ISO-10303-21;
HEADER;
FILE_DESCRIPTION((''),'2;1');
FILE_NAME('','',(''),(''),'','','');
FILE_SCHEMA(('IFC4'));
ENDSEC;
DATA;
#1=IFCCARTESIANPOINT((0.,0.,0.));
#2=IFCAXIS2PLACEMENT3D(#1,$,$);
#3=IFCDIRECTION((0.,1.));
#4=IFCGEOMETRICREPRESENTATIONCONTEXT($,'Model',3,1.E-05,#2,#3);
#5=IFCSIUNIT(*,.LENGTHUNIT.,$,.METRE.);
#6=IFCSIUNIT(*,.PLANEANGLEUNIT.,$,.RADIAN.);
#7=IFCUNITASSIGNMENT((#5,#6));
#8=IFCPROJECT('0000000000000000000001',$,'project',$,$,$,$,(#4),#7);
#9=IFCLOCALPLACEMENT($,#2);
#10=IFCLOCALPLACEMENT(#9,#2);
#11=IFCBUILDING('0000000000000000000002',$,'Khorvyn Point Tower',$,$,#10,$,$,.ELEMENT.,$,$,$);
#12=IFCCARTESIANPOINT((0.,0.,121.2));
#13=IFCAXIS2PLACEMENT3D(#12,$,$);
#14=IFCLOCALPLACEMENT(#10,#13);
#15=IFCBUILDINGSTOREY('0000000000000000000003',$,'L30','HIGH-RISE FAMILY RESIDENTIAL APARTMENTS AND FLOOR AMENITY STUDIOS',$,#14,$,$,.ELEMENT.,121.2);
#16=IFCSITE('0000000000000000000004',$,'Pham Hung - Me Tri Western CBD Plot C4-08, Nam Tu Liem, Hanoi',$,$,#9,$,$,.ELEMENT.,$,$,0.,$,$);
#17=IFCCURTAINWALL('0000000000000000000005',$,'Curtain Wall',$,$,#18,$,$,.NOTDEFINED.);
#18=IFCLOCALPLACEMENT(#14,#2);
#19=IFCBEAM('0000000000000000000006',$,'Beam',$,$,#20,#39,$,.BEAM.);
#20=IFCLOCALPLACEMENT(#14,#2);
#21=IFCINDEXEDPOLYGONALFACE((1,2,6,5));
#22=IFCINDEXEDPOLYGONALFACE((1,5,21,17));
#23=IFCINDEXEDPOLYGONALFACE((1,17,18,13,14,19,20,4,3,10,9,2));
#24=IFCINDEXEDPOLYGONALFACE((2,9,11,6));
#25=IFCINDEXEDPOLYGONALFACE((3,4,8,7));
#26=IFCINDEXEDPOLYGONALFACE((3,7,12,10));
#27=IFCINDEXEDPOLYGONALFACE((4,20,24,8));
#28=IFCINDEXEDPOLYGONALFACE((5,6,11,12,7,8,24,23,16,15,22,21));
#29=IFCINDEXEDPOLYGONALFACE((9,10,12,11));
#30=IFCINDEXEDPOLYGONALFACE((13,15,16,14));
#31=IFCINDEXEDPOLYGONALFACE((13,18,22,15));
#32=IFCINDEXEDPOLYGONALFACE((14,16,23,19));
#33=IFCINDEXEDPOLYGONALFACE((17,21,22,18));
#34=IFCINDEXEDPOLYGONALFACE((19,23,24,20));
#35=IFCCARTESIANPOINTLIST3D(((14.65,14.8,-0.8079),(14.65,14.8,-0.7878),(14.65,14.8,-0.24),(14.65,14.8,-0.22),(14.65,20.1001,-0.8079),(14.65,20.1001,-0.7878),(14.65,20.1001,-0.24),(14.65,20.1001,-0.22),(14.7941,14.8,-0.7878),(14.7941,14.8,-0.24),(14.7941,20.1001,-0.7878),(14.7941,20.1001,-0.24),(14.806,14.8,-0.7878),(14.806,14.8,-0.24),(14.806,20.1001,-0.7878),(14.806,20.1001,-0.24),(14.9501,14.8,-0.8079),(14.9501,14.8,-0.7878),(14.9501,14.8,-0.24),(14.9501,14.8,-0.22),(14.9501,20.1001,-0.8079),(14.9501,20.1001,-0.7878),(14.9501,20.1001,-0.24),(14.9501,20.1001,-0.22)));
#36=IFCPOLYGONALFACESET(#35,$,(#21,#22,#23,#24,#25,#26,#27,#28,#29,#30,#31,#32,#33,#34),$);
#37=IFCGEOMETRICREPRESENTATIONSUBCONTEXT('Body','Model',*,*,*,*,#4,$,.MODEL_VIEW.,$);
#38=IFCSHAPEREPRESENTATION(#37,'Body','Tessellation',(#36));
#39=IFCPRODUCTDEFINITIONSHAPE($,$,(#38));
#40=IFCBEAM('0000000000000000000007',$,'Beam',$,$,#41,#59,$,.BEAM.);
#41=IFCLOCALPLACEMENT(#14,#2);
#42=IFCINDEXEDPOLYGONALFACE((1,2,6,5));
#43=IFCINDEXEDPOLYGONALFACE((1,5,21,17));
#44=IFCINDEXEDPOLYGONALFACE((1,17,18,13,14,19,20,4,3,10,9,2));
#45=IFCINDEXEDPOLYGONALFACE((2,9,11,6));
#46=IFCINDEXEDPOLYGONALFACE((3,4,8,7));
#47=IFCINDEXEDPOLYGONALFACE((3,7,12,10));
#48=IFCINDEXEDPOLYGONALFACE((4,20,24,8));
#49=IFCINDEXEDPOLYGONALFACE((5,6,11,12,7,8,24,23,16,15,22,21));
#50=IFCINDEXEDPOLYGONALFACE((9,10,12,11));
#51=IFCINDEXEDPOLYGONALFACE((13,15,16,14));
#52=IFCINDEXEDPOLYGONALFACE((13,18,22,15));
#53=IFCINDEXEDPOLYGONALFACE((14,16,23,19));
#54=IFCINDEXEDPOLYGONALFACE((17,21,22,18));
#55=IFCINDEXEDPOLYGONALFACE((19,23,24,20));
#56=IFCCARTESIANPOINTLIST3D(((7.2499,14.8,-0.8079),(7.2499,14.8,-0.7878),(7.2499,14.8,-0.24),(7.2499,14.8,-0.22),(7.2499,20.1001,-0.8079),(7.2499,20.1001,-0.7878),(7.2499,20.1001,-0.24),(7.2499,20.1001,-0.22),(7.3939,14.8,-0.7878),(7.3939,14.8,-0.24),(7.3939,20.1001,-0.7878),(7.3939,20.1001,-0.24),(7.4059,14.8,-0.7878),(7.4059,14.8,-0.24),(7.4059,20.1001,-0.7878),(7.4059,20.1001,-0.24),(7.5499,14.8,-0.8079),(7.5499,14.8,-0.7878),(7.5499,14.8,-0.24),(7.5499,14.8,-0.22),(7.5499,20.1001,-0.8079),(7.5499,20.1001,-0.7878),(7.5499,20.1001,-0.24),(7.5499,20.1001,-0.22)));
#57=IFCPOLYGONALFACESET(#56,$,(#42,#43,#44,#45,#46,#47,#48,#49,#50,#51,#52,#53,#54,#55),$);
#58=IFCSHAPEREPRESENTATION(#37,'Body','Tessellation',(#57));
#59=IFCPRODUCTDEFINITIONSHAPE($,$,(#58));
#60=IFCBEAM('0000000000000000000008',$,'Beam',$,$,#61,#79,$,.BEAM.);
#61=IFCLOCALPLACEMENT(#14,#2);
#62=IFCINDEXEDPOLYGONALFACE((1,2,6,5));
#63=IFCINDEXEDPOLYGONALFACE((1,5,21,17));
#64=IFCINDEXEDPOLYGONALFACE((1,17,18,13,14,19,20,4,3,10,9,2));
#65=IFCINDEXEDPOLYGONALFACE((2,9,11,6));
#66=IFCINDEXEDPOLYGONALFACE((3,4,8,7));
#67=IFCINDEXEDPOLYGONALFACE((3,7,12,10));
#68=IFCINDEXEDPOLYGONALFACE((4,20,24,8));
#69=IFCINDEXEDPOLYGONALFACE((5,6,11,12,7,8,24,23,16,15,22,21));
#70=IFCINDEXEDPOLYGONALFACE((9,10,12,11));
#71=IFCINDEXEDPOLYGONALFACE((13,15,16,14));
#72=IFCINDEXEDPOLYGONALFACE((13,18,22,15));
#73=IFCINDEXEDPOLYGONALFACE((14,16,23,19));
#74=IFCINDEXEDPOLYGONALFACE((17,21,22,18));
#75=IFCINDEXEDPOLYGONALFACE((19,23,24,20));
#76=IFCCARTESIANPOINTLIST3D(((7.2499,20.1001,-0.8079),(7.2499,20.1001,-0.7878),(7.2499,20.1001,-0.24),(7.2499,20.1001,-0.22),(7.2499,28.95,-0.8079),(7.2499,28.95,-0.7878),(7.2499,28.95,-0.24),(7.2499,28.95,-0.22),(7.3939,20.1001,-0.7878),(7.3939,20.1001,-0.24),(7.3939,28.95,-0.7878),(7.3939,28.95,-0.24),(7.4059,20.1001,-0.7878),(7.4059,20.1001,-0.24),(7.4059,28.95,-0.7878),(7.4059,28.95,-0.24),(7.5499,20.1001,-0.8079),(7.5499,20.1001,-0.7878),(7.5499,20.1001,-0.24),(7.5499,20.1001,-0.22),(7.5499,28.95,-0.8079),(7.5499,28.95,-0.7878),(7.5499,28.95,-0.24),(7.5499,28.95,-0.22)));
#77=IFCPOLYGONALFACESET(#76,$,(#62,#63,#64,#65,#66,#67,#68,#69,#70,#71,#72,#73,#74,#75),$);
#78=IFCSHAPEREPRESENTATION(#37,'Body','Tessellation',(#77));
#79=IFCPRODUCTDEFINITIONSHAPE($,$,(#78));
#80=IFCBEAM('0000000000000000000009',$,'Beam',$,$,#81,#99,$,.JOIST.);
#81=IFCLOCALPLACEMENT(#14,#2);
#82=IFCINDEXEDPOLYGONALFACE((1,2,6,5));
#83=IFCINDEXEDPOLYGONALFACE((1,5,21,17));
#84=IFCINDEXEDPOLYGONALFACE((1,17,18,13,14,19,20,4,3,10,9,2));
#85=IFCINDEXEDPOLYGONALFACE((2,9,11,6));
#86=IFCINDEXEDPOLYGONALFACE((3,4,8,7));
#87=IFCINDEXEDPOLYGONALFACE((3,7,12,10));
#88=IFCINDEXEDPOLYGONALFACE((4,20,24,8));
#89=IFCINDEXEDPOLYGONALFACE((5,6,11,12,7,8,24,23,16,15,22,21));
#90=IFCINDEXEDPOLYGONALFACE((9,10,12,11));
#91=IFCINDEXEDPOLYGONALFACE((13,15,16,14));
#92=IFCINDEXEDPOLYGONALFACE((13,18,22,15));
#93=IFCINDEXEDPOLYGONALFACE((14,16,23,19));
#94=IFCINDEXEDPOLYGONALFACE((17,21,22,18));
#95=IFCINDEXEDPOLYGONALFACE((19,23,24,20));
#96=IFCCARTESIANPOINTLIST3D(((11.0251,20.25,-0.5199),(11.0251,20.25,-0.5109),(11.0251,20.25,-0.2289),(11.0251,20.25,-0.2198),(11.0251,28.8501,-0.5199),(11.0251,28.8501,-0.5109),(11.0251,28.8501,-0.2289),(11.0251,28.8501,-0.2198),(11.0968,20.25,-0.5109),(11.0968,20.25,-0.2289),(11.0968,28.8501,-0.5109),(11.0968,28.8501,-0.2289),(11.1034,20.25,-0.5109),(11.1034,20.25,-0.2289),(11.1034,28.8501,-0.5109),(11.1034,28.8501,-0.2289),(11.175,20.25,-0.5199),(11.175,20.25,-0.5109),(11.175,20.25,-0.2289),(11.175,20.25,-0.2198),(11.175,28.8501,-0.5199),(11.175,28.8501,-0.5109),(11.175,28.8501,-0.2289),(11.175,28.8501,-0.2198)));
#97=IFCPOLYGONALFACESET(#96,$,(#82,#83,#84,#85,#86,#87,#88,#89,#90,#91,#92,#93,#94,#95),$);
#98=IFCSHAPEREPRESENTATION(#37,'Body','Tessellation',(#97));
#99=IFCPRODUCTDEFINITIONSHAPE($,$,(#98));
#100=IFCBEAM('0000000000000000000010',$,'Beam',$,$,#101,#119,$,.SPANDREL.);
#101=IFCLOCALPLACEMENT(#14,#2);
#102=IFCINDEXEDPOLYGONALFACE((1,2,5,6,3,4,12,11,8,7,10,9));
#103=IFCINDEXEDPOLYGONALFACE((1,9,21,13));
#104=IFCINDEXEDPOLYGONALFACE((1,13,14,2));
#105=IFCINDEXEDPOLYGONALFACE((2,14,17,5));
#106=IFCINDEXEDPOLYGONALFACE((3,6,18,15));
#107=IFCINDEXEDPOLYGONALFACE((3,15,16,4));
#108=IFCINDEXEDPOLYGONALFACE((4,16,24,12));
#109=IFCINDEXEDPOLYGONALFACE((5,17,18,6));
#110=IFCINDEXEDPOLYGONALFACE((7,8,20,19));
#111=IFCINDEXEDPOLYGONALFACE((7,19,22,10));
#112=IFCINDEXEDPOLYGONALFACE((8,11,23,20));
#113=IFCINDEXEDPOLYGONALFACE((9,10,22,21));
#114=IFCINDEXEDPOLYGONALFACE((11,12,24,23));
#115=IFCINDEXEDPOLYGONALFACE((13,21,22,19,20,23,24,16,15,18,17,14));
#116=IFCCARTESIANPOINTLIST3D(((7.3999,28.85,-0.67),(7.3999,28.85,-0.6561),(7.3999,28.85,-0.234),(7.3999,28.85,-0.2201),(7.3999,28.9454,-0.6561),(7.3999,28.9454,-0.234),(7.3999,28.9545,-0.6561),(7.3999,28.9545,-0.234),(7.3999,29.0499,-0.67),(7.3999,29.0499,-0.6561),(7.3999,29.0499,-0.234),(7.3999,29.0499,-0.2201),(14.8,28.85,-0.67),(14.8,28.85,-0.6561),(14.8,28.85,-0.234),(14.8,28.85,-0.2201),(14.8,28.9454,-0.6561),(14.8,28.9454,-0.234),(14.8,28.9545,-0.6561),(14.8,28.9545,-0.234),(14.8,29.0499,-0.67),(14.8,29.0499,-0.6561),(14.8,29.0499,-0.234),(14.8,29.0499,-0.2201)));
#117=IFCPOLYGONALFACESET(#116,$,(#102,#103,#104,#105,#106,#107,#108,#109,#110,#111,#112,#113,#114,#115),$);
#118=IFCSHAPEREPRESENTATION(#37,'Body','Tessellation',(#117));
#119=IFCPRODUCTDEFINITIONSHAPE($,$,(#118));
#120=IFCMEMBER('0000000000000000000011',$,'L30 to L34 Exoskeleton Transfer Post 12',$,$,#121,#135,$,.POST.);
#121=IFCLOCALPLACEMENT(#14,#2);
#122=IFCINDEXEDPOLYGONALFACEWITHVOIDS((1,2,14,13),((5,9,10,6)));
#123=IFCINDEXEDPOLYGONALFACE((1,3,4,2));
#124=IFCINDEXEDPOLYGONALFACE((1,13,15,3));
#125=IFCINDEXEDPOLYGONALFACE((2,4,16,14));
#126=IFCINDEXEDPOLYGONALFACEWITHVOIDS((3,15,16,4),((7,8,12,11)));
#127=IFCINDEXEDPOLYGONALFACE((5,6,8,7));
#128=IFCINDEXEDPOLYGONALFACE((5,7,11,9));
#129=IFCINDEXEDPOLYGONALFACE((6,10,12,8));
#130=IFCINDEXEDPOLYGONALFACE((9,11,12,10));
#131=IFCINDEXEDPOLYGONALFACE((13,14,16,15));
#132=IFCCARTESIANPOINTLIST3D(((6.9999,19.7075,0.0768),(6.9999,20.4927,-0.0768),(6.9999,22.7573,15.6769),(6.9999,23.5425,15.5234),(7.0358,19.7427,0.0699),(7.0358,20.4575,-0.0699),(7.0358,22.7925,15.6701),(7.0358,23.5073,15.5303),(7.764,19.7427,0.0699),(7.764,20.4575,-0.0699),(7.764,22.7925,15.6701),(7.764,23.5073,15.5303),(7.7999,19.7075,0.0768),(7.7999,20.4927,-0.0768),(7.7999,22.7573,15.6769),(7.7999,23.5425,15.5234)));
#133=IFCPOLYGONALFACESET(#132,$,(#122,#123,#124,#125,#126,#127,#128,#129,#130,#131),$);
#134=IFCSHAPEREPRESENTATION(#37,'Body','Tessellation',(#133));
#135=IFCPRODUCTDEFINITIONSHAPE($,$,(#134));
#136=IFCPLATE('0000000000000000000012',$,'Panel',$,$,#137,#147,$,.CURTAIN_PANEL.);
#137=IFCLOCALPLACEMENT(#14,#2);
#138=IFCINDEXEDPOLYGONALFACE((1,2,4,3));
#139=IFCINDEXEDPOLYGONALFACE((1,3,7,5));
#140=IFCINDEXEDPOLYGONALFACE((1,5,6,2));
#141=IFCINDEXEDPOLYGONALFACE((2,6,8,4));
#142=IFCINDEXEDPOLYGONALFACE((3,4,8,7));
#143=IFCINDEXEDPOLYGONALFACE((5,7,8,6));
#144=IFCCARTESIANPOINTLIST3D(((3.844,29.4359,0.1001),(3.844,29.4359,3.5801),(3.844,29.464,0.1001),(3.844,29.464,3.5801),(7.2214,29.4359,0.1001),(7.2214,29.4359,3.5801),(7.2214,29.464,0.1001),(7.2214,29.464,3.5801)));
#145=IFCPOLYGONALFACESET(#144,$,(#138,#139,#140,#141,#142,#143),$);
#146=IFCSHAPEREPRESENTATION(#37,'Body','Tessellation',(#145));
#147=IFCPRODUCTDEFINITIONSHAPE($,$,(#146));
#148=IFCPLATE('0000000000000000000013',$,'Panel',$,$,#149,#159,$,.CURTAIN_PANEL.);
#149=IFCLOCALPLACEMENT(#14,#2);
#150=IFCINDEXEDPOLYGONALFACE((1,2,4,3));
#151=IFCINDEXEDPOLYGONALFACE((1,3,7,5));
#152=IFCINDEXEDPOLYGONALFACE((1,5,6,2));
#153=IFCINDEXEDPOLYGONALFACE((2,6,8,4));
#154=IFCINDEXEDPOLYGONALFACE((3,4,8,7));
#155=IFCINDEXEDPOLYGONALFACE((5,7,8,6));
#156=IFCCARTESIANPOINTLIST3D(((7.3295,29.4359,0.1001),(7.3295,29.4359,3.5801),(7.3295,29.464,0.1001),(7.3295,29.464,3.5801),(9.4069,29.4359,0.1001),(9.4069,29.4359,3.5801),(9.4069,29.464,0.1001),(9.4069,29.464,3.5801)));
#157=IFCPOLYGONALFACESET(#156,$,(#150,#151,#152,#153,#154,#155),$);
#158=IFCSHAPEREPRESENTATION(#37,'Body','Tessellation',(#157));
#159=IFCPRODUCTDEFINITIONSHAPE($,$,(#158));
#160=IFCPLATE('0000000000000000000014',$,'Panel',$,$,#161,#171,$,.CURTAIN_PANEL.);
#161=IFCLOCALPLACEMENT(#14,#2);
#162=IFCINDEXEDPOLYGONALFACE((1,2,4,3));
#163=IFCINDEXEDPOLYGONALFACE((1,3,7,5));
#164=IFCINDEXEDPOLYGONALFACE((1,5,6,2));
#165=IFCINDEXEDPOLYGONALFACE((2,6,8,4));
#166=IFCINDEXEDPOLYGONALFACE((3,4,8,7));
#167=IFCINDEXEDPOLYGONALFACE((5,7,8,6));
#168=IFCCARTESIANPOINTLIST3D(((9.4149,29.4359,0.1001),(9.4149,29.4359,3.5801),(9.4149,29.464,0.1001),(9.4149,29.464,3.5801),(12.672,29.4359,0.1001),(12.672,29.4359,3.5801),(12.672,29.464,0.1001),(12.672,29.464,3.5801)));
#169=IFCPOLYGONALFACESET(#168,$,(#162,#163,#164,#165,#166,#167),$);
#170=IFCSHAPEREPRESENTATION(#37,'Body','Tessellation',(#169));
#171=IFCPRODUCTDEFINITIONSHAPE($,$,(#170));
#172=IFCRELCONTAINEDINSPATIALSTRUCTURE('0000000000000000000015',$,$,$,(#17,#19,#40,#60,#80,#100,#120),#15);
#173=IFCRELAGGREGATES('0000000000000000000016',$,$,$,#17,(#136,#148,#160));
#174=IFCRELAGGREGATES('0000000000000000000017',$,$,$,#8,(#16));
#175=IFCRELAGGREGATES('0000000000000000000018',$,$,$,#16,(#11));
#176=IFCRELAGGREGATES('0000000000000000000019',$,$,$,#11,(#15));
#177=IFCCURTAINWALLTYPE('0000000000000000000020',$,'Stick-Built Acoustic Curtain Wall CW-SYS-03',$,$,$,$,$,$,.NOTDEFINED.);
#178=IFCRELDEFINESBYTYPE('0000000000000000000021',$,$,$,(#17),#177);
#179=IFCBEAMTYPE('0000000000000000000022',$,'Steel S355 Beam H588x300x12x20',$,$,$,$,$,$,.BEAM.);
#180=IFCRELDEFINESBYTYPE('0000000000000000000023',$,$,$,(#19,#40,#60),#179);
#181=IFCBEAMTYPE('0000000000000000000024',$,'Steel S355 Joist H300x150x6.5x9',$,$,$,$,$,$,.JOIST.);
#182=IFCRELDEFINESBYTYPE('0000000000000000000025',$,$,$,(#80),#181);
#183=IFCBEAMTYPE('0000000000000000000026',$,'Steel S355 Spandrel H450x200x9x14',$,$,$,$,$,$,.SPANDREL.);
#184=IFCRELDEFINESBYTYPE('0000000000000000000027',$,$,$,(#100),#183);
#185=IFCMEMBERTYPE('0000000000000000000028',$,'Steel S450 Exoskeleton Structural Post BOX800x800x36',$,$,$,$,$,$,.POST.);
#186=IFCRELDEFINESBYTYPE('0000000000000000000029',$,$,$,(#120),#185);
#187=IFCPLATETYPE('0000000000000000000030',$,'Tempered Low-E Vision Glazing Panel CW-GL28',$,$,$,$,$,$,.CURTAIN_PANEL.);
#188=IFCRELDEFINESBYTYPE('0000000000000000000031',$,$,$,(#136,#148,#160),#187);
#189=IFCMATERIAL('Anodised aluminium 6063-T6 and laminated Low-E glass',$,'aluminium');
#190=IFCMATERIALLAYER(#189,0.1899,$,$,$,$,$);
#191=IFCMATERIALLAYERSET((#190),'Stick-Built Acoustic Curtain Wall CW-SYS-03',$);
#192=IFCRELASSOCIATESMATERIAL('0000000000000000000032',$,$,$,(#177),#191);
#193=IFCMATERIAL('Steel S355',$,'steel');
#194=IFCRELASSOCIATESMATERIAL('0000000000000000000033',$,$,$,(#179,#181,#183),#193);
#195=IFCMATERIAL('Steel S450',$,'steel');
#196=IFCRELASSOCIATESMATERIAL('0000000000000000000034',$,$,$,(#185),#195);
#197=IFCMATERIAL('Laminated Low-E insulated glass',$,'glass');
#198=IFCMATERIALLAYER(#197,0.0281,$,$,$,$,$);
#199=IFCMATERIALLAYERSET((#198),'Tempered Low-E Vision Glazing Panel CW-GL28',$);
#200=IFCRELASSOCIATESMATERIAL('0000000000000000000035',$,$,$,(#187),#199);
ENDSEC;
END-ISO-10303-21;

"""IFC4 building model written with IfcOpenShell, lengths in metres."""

from ifc_helpers import new_model, si_unit, direction, frame, origin, origin_2d, place, context, subcontext, project, spatial, rectangle, hollow_rectangle, i_section, extrude, material, layer, layer_set, material_profile, profile_set, type_object, element, aggregate, save


model = new_model("IFC4")

# Units and contexts
model_context = context("Model", 3, precision=1e-05, world=origin(), true_north=direction((0.0, 1.0)))
body_context = subcontext(model_context, "Body", "Model", "MODEL_VIEW")
ifc_project = project(units=[si_unit("LENGTHUNIT", "METRE"), si_unit("PLANEANGLEUNIT", "RADIAN")], contexts=[model_context])

# Site, building, storey
site_placement = place(None, origin())
site = spatial("IfcSite", under=ifc_project, at=site_placement, Name="Pham Hung - Me Tri Western CBD Plot C4-08, Nam Tu Liem, Hanoi", CompositionType="ELEMENT", RefElevation=0.0)
building_placement = place(site_placement, origin())
building = spatial("IfcBuilding", under=site, at=building_placement, Name="Khorvyn Point Tower", CompositionType="ELEMENT")
storey_placement = place(building_placement, frame((0.0, 0.0, 121.2)))
storey = spatial("IfcBuildingStorey", under=building, at=storey_placement, Name="L30", Description="HIGH-RISE FAMILY RESIDENTIAL APARTMENTS AND FLOOR AMENITY STUDIOS", CompositionType="ELEMENT", Elevation=121.2)

# Shared definitions
ifc_material_1 = material(Name="Steel S450", Category="steel")

# Curtain wall
ifc_material_2 = material(Name="Anodised aluminium 6063-T6 and laminated Low-E glass", Category="aluminium")
ifc_layer_1 = layer(ifc_material_2, 0.1899)
ifc_layer_set_1 = layer_set([ifc_layer_1], Name="Stick-Built Acoustic Curtain Wall CW-SYS-03")
curtain_wall_type = type_object("IfcCurtainWallType", Name="Stick-Built Acoustic Curtain Wall CW-SYS-03", PredefinedType="NOTDEFINED", material=ifc_layer_set_1)
curtain_wall_placement = place(storey_placement, origin())
curtain_wall = element("IfcCurtainWall", 1, at=curtain_wall_placement, inside=storey, type_object=curtain_wall_type, Name="Curtain Wall", PredefinedType="NOTDEFINED")

# Beams
ifc_material_3 = material(Name="Steel S355", Category="steel")
ifc_material_profile_1 = material_profile(ifc_material_3, i_section(OverallWidth=0.3, OverallDepth=0.5879, WebThickness=0.012, FlangeThickness=0.02, at=origin_2d()))
ifc_profile_set_1 = profile_set([ifc_material_profile_1], Name="Steel S355 H588x300x12x20")
beam_type_1 = type_object("IfcBeamType", Name="Steel S355 Beam H588x300x12x20", PredefinedType="BEAM", material=ifc_profile_set_1)
for number, where, z_axis, x_axis, name in (
    (2, (14.8, 14.8, -0.5139), (0.0, 1.0, 0.0), (-1.0, 0.0, 0.0), "Beam"),
    (3, (7.3999, 14.8, -0.5139), (0.0, 1.0, 0.0), (-1.0, 0.0, 0.0), "Beam"),
):
    element("IfcBeam", number, at=place(storey_placement, frame(where, z_axis=z_axis, x_axis=x_axis)), inside=storey, type_object=beam_type_1, Name=name, PredefinedType="BEAM", context=body_context, shape_type="SweptSolid", body=[
        extrude(i_section(OverallWidth=0.3, OverallDepth=0.5879, WebThickness=0.012, FlangeThickness=0.02, at=origin_2d()), origin(), (0.0, 0.0, 1.0), 5.3),
    ])
beam_1_placement = place(storey_placement, frame((7.3999, 20.1001, -0.5139), z_axis=(0.0, 1.0, 0.0), x_axis=(-1.0, 0.0, 0.0)))
element("IfcBeam", 4, at=beam_1_placement, inside=storey, type_object=beam_type_1, Name="Beam", PredefinedType="BEAM", context=body_context, shape_type="SweptSolid", body=[
    extrude(i_section(OverallWidth=0.3, OverallDepth=0.5879, WebThickness=0.012, FlangeThickness=0.02, at=origin_2d()), origin(), (0.0, 0.0, 1.0), 8.8499),
])
ifc_material_profile_2 = material_profile(ifc_material_3, i_section(OverallWidth=0.1499, OverallDepth=0.3, WebThickness=0.0066, FlangeThickness=0.009, at=origin_2d()))
ifc_profile_set_2 = profile_set([ifc_material_profile_2], Name="Steel S355 H300x150x6.5x9")
beam_type_2 = type_object("IfcBeamType", Name="Steel S355 Joist H300x150x6.5x9", PredefinedType="JOIST", material=ifc_profile_set_2)
beam_2_placement = place(storey_placement, frame((11.1001, 20.25, -0.3699), z_axis=(0.0, 1.0, 0.0), x_axis=(-1.0, 0.0, 0.0)))
element("IfcBeam", 5, at=beam_2_placement, inside=storey, type_object=beam_type_2, Name="Beam", PredefinedType="JOIST", context=body_context, shape_type="SweptSolid", body=[
    extrude(i_section(OverallWidth=0.1499, OverallDepth=0.3, WebThickness=0.0066, FlangeThickness=0.009, at=origin_2d()), origin(), (0.0, 0.0, 1.0), 8.6001),
])
ifc_material_profile_3 = material_profile(ifc_material_3, i_section(OverallWidth=0.2, OverallDepth=0.45, WebThickness=0.009, FlangeThickness=0.0139, at=origin_2d()))
ifc_profile_set_3 = profile_set([ifc_material_profile_3], Name="Steel S355 H450x200x9x14")
beam_type_3 = type_object("IfcBeamType", Name="Steel S355 Spandrel H450x200x9x14", PredefinedType="SPANDREL", material=ifc_profile_set_3)
beam_3_placement = place(storey_placement, frame((7.3999, 28.95, -0.4451), z_axis=(1.0, 0.0, 0.0), x_axis=(0.0, 1.0, 0.0)))
element("IfcBeam", 6, at=beam_3_placement, inside=storey, type_object=beam_type_3, Name="Beam", PredefinedType="SPANDREL", context=body_context, shape_type="SweptSolid", body=[
    extrude(i_section(OverallWidth=0.2, OverallDepth=0.45, WebThickness=0.009, FlangeThickness=0.0139, at=origin_2d()), origin(), (0.0, 0.0, 1.0), 7.4001),
])

# Member
ifc_material_profile_4 = material_profile(ifc_material_1, hollow_rectangle(XDim=0.8, YDim=0.8, WallThickness=0.0359, at=origin_2d()))
ifc_profile_set_4 = profile_set([ifc_material_profile_4], Name="Steel S450 BOX800x800x36")
member_type_1 = type_object("IfcMemberType", Name="Steel S450 Exoskeleton Structural Post BOX800x800x36", PredefinedType="POST", material=ifc_profile_set_4)
member_1_placement = place(storey_placement, frame((7.3999, 20.1001, 0.0), z_axis=(0.0, 0.191867, 0.981421), x_axis=(-1.0, 0.0, 0.0)))
element("IfcMember", 7, at=member_1_placement, inside=storey, type_object=member_type_1, Name="L30 to L34 Exoskeleton Transfer Post 12", PredefinedType="POST", context=body_context, shape_type="SweptSolid", body=[
    extrude(hollow_rectangle(XDim=0.8, YDim=0.8, WallThickness=0.0359, at=origin_2d()), origin(), (0.0, 0.0, 1.0), 15.8955),
])

# Plates
ifc_material_4 = material(Name="Laminated Low-E insulated glass", Category="glass")
ifc_layer_2 = layer(ifc_material_4, 0.0281)
ifc_layer_set_2 = layer_set([ifc_layer_2], Name="Tempered Low-E Vision Glazing Panel CW-GL28")
plate_type = type_object("IfcPlateType", Name="Tempered Low-E Vision Glazing Panel CW-GL28", PredefinedType="CURTAIN_PANEL", material=ifc_layer_set_2)
plate_1_placement = place(storey_placement, frame((5.5327, 29.45, 0.1001), z_axis=(0.0, 0.0, 1.0), x_axis=(1.0, 0.0, 0.0)))
plate_1 = element("IfcPlate", 8, at=plate_1_placement, type_object=plate_type, Name="Panel", PredefinedType="CURTAIN_PANEL", context=body_context, shape_type="SweptSolid", body=[
    extrude(rectangle(XDim=3.3774, YDim=0.0281, at=origin_2d()), origin(), (0.0, 0.0, 1.0), 3.48),
])
plate_2_placement = place(storey_placement, frame((8.3682, 29.45, 0.1001), z_axis=(0.0, 0.0, 1.0), x_axis=(1.0, 0.0, 0.0)))
plate_2 = element("IfcPlate", 9, at=plate_2_placement, type_object=plate_type, Name="Panel", PredefinedType="CURTAIN_PANEL", context=body_context, shape_type="SweptSolid", body=[
    extrude(rectangle(XDim=2.0774, YDim=0.0281, at=origin_2d()), origin(), (0.0, 0.0, 1.0), 3.48),
])
plate_3_placement = place(storey_placement, frame((11.0435, 29.45, 0.1001), z_axis=(0.0, 0.0, 1.0), x_axis=(1.0, 0.0, 0.0)))
plate_3 = element("IfcPlate", 10, at=plate_3_placement, type_object=plate_type, Name="Panel", PredefinedType="CURTAIN_PANEL", context=body_context, shape_type="SweptSolid", body=[
    extrude(rectangle(XDim=3.2571, YDim=0.0281, at=origin_2d()), origin(), (0.0, 0.0, 1.0), 3.48),
])
aggregate(curtain_wall, [plate_1, plate_2, plate_3])

save(model, "model.ifc")
